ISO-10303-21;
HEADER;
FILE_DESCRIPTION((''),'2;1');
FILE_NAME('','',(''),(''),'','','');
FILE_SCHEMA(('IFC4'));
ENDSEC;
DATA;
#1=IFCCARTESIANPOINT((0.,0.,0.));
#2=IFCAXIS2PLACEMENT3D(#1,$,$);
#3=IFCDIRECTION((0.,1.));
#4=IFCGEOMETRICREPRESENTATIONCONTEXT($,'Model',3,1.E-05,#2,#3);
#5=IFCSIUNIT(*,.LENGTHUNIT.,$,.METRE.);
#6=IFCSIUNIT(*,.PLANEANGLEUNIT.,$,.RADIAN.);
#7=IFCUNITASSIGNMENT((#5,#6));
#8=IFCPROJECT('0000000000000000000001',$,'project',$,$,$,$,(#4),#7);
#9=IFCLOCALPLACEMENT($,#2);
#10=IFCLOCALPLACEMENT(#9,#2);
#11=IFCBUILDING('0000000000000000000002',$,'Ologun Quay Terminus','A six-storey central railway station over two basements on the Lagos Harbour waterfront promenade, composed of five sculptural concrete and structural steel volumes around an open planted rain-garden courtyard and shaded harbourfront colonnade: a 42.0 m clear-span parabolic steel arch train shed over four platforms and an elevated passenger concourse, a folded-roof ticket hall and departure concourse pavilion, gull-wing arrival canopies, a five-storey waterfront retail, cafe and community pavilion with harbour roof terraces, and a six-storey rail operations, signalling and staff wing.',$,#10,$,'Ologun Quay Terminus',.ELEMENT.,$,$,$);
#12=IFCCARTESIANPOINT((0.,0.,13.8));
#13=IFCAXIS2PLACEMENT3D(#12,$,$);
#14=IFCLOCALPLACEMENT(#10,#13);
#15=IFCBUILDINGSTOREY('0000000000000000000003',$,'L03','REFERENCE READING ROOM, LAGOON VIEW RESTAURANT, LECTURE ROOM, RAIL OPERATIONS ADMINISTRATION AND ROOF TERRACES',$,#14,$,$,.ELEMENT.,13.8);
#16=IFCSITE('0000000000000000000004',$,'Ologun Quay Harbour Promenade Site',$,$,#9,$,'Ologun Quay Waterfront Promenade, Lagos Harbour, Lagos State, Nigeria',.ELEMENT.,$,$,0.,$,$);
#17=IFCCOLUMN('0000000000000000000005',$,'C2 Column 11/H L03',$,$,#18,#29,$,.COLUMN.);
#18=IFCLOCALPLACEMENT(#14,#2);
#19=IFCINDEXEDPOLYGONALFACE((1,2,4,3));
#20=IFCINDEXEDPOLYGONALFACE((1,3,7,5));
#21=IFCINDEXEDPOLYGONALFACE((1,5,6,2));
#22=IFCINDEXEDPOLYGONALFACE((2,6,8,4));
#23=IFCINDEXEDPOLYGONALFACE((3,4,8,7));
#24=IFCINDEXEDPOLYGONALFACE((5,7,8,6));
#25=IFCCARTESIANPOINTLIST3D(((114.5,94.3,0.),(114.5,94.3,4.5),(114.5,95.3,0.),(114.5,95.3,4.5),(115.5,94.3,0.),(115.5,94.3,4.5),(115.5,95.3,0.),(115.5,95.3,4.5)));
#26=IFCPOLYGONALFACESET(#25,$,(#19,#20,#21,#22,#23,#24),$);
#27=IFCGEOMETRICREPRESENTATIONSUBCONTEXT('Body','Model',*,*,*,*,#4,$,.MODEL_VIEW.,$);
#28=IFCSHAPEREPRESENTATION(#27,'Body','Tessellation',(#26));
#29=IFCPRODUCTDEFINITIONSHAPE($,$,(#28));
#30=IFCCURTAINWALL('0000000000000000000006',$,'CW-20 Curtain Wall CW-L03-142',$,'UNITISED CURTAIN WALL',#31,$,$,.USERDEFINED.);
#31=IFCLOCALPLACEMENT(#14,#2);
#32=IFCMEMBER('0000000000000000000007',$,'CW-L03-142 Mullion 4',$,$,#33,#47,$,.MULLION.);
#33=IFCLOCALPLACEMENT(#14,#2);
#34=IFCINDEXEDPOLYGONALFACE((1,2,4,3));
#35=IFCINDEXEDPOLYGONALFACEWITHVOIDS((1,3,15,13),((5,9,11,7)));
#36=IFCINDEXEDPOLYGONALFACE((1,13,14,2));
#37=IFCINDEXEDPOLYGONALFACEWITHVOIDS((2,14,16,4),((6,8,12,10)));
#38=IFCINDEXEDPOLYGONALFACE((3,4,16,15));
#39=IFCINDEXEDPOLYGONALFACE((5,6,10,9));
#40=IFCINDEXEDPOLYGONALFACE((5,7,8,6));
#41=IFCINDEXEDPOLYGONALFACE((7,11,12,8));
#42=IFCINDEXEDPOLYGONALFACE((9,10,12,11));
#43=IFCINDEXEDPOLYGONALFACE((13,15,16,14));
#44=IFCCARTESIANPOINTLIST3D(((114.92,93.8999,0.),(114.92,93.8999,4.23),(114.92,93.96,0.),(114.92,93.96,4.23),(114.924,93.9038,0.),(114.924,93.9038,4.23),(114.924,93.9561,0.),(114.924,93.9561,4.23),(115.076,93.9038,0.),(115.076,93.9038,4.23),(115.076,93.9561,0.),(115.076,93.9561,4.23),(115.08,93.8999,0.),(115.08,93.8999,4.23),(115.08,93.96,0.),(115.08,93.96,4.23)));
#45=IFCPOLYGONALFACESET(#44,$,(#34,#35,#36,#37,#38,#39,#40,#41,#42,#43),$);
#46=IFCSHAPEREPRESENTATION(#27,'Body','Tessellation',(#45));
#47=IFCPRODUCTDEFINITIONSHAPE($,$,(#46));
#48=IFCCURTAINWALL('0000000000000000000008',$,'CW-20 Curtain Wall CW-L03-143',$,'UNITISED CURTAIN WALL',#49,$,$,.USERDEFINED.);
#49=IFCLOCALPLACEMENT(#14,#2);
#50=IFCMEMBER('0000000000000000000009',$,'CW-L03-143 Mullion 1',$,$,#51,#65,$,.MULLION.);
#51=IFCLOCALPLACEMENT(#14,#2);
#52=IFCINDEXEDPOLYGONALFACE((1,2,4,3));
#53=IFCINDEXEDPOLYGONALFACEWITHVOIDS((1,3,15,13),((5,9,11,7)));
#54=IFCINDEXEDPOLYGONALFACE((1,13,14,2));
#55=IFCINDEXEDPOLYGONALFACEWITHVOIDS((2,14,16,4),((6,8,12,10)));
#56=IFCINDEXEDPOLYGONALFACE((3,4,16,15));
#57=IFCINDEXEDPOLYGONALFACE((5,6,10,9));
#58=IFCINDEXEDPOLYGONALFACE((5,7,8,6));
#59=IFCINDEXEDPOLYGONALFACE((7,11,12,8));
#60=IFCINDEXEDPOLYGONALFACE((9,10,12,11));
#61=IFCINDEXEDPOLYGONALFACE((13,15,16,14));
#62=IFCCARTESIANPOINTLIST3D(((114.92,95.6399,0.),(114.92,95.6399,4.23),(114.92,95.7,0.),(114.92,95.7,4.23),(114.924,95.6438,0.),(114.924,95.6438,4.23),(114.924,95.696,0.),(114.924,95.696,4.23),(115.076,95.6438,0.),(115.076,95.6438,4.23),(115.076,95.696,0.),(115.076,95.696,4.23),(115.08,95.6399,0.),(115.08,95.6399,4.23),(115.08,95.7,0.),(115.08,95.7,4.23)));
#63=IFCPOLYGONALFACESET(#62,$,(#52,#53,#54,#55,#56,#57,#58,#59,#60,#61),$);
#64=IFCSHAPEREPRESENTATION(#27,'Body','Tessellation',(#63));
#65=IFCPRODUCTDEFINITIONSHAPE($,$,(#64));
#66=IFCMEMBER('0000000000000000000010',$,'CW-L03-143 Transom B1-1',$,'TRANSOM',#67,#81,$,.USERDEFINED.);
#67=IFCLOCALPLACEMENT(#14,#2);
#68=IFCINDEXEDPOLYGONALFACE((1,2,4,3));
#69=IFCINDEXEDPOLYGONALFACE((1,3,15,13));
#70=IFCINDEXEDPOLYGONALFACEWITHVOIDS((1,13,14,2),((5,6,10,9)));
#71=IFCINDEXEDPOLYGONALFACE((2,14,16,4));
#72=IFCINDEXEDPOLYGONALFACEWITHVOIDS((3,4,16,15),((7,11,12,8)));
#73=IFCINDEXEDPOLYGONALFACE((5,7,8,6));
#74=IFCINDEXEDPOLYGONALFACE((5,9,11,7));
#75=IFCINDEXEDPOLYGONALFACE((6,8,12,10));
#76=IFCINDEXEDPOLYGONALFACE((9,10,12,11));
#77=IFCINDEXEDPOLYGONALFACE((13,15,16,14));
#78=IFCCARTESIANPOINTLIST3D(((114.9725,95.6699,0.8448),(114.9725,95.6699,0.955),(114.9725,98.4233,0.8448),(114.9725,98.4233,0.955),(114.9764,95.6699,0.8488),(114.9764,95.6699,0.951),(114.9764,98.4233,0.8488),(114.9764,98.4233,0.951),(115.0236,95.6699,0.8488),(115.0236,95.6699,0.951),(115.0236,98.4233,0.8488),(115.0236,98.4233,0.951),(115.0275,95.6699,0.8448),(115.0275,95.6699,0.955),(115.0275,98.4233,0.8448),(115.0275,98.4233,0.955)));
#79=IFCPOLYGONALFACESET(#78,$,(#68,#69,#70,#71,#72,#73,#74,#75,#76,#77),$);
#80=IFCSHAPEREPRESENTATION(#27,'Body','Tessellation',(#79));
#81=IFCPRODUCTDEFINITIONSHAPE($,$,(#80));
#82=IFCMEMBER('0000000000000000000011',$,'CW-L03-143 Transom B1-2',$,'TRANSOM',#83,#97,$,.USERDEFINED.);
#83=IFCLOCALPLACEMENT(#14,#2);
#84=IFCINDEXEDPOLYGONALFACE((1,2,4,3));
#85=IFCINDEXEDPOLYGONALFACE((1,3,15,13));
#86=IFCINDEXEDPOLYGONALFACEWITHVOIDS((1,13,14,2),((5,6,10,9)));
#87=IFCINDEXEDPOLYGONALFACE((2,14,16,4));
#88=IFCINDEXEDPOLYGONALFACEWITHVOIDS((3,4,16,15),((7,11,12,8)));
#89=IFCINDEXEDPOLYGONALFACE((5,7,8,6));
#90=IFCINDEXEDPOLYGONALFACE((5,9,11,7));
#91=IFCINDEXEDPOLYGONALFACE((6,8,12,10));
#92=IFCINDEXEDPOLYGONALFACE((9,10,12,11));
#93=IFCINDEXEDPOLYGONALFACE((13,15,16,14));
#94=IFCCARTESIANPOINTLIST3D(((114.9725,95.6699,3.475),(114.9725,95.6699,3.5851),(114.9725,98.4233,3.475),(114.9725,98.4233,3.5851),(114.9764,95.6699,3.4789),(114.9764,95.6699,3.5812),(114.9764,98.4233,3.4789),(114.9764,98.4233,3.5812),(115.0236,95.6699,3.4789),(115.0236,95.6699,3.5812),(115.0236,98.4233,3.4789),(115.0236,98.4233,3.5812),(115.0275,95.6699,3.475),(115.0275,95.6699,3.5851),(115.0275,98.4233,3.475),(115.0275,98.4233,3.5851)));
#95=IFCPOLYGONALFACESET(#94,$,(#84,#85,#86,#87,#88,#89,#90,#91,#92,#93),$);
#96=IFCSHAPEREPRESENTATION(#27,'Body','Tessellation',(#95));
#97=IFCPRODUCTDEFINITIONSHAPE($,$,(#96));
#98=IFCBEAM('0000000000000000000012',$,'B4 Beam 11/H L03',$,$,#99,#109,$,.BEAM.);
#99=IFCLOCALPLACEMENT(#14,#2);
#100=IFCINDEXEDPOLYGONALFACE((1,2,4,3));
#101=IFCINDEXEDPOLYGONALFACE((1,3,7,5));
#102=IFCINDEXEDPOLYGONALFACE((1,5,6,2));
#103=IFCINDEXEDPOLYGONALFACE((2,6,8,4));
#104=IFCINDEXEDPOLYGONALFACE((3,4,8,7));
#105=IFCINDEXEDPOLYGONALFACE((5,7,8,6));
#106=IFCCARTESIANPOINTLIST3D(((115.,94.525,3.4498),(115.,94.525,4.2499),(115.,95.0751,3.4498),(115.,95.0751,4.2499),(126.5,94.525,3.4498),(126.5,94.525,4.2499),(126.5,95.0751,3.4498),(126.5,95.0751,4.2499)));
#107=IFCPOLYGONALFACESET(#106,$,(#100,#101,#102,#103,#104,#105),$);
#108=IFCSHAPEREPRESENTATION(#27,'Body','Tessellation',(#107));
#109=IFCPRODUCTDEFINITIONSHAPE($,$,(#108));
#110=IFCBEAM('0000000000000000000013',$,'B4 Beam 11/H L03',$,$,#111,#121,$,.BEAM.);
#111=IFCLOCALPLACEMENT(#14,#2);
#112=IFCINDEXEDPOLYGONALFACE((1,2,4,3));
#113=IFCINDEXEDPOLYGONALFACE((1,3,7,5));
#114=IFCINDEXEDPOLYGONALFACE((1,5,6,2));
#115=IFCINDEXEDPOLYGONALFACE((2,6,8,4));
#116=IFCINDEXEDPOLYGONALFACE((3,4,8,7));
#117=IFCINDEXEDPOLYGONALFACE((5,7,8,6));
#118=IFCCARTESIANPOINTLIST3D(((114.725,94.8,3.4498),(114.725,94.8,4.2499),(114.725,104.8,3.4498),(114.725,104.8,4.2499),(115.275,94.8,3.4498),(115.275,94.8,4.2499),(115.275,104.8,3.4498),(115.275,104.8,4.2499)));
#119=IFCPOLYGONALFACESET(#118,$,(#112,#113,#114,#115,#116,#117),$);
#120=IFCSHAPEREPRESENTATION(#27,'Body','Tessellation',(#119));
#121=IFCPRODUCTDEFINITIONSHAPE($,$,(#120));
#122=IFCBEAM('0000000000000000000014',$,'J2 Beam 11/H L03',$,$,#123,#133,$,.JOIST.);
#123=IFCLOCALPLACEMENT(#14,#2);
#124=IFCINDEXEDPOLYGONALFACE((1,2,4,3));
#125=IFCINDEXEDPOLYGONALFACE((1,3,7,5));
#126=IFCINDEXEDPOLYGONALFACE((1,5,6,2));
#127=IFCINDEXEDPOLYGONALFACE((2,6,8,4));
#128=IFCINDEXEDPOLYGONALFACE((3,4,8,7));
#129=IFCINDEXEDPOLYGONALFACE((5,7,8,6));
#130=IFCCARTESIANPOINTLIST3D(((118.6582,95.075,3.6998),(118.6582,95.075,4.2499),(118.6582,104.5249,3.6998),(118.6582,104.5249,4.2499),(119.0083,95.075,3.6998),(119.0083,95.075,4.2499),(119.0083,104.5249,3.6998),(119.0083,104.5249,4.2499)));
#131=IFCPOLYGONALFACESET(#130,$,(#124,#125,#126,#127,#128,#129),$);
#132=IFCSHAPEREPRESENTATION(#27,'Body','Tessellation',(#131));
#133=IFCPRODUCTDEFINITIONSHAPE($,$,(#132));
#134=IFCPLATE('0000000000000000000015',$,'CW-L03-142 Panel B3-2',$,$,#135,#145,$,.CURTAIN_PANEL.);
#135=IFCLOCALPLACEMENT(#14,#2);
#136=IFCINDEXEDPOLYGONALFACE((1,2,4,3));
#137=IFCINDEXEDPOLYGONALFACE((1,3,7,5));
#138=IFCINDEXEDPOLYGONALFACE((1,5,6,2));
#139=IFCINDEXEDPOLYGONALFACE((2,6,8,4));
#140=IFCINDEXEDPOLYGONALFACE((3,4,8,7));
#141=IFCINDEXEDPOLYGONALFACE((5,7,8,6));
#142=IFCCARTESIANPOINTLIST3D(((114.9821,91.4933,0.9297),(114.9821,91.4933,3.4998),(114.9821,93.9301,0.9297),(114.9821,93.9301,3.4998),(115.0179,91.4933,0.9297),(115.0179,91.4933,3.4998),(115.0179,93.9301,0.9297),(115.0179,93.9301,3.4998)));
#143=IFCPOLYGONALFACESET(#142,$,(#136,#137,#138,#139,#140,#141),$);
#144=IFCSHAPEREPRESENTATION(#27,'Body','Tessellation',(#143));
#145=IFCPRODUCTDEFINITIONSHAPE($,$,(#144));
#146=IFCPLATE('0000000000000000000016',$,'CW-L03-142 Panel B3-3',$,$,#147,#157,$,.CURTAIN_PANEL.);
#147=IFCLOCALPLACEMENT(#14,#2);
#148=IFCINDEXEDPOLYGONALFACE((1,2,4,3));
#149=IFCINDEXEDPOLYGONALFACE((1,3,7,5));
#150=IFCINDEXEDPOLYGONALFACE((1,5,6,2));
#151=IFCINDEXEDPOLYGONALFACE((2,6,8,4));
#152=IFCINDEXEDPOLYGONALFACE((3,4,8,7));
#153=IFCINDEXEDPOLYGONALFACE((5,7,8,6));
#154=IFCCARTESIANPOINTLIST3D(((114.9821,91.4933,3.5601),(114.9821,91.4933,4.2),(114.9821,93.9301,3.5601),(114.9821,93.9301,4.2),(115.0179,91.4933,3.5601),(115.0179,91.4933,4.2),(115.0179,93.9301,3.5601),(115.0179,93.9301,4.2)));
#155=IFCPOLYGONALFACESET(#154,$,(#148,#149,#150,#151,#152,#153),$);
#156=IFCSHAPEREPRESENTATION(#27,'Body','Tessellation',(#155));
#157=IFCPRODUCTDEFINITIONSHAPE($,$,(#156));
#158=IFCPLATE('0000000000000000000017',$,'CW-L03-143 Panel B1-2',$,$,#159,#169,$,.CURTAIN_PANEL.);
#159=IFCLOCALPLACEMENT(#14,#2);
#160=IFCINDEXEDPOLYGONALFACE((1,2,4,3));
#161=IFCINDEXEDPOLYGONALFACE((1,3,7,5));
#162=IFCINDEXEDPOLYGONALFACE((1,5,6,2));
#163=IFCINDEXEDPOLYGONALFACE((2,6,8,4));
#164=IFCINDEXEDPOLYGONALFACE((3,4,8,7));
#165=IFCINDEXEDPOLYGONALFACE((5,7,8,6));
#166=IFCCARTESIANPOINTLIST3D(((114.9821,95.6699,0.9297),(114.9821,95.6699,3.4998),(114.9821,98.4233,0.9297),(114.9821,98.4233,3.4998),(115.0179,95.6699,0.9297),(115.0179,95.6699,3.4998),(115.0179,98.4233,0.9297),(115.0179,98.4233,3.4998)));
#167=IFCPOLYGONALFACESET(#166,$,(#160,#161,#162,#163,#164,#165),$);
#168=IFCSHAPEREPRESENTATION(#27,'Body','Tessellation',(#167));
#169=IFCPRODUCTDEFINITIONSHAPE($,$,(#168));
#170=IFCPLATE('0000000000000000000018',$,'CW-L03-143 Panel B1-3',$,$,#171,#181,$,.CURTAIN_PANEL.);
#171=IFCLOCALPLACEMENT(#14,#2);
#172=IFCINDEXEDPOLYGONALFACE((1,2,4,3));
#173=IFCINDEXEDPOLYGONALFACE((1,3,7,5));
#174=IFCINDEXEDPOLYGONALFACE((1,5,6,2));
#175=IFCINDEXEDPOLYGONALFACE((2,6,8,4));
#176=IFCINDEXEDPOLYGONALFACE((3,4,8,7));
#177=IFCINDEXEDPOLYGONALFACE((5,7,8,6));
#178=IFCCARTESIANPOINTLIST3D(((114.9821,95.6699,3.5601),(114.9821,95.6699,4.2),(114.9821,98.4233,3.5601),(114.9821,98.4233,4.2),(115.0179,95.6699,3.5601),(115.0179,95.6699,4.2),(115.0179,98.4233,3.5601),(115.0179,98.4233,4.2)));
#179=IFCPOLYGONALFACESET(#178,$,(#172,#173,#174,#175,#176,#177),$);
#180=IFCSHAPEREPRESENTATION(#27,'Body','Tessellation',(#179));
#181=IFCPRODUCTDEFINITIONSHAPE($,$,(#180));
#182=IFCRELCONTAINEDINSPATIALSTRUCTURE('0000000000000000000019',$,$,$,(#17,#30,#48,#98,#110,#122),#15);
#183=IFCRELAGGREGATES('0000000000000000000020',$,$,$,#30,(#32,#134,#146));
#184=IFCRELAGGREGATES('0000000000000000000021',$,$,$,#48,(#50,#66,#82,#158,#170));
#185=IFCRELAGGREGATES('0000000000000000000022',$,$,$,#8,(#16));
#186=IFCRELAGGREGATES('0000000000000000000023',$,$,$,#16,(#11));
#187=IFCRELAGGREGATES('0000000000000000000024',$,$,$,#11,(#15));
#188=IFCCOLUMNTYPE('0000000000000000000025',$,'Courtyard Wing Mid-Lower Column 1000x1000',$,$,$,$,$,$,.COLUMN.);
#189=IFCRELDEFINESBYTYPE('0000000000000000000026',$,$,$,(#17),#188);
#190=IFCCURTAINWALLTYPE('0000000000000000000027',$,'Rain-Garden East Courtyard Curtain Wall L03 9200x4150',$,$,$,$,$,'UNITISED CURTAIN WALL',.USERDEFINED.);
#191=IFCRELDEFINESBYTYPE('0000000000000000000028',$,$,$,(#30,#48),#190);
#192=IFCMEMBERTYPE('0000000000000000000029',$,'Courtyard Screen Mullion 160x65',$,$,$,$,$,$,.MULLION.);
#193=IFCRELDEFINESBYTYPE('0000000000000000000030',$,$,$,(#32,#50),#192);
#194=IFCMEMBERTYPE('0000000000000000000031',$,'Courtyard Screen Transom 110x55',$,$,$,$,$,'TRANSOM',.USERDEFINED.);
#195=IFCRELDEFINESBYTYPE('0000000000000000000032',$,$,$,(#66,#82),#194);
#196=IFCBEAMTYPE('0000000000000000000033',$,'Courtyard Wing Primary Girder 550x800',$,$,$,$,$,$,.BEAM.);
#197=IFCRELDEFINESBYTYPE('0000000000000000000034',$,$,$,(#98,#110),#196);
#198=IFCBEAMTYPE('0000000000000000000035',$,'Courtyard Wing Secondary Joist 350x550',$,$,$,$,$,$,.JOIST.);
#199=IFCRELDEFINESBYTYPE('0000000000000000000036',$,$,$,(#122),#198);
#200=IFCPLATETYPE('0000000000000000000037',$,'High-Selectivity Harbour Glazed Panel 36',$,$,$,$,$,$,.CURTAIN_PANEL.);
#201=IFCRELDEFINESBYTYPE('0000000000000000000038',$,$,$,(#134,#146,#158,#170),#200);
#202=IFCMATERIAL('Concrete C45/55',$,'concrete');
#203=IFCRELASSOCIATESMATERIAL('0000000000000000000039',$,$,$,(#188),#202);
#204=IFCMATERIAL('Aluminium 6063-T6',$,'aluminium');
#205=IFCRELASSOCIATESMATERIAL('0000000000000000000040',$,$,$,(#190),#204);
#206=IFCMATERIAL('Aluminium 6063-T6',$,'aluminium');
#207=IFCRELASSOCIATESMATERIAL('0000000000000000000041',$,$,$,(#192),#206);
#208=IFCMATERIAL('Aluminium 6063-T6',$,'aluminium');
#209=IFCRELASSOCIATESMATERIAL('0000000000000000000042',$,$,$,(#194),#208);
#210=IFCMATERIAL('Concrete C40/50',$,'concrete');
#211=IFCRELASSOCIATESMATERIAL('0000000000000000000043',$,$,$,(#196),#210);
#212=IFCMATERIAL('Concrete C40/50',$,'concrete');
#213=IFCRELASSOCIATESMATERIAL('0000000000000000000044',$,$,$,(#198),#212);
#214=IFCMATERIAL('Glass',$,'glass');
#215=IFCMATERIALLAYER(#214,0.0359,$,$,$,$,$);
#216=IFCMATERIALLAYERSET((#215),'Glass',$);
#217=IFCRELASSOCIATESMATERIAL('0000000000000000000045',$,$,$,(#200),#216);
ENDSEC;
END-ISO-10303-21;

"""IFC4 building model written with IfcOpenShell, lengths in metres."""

from ifc_helpers import new_model, si_unit, direction, frame, origin, origin_2d, place, context, subcontext, project, spatial, rectangle, hollow_rectangle, extrude, material, layer, layer_set, material_profile, profile_set, type_object, element, aggregate, save


model = new_model("IFC4")

# Units and contexts
model_context = context("Model", 3, precision=1e-05, world=origin(), true_north=direction((0.0, 1.0)))
body_context = subcontext(model_context, "Body", "Model", "MODEL_VIEW")
ifc_project = project(units=[si_unit("LENGTHUNIT", "METRE"), si_unit("PLANEANGLEUNIT", "RADIAN")], contexts=[model_context])

# Site, building, storey
site_placement = place(None, origin())
site = spatial("IfcSite", under=ifc_project, at=site_placement, Name="Ologun Quay Harbour Promenade Site", LongName="Ologun Quay Waterfront Promenade, Lagos Harbour, Lagos State, Nigeria", CompositionType="ELEMENT", RefElevation=0.0)
building_placement = place(site_placement, origin())
building = spatial("IfcBuilding", under=site, at=building_placement, Name="Ologun Quay Terminus", Description="A six-storey central railway station over two basements on the Lagos Harbour waterfront promenade, composed of five sculptural concrete and structural steel volumes around an open planted rain-garden courtyard and shaded harbourfront colonnade: a 42.0 m clear-span parabolic steel arch train shed over four platforms and an elevated passenger concourse, a folded-roof ticket hall and departure concourse pavilion, gull-wing arrival canopies, a five-storey waterfront retail, cafe and community pavilion with harbour roof terraces, and a six-storey rail operations, signalling and staff wing.", LongName="Ologun Quay Terminus", CompositionType="ELEMENT")
storey_placement = place(building_placement, frame((0.0, 0.0, 13.8)))
storey = spatial("IfcBuildingStorey", under=building, at=storey_placement, Name="L03", Description="REFERENCE READING ROOM, LAGOON VIEW RESTAURANT, LECTURE ROOM, RAIL OPERATIONS ADMINISTRATION AND ROOF TERRACES", CompositionType="ELEMENT", Elevation=13.8)

# Column
ifc_material_1 = material(Name="Concrete C45/55", Category="concrete")
ifc_material_profile_1 = material_profile(ifc_material_1, rectangle(XDim=1.0, YDim=1.0, at=origin_2d()), Name="RC 1000x1000")
ifc_profile_set_1 = profile_set([ifc_material_profile_1], Name="Concrete C45/55")
column_type = type_object("IfcColumnType", Name="Courtyard Wing Mid-Lower Column 1000x1000", PredefinedType="COLUMN", material=ifc_profile_set_1)
column_placement = place(storey_placement, frame((115.0, 94.8, 0.0), z_axis=(0.0, 0.0, 1.0), x_axis=(1.0, 0.0, 0.0)))
element("IfcColumn", 1, at=column_placement, inside=storey, type_object=column_type, Name="C2 Column 11/H L03", PredefinedType="COLUMN", context=body_context, shape_type="SweptSolid", body=[
    extrude(rectangle(XDim=1.0, YDim=1.0, at=origin_2d()), origin(), (0.0, 0.0, 1.0), 4.5),
])

# Curtain wall, member
ifc_material_2 = material(Name="Aluminium 6063-T6", Category="aluminium")
curtain_wall_type = type_object("IfcCurtainWallType", Name="Rain-Garden East Courtyard Curtain Wall L03 9200x4150", ElementType="UNITISED CURTAIN WALL", PredefinedType="USERDEFINED", material=ifc_material_2)
curtain_wall_1_placement = place(storey_placement, origin())
curtain_wall_1 = element("IfcCurtainWall", 2, at=curtain_wall_1_placement, inside=storey, type_object=curtain_wall_type, Name="CW-20 Curtain Wall CW-L03-142", ObjectType="UNITISED CURTAIN WALL", PredefinedType="USERDEFINED")
ifc_material_3 = material(Name="Aluminium 6063-T6", Category="aluminium")
ifc_material_profile_2 = material_profile(ifc_material_3, hollow_rectangle(XDim=0.0601, YDim=0.1599, WallThickness=0.0039, at=origin_2d()), Name="ALU 160x60x4")
ifc_profile_set_2 = profile_set([ifc_material_profile_2], Name="Aluminium 6063-T6")
member_type_1 = type_object("IfcMemberType", Name="Courtyard Screen Mullion 160x65", PredefinedType="MULLION", material=ifc_profile_set_2)
member_1_placement = place(storey_placement, frame((115.0, 93.9299, 0.0), z_axis=(0.0, 0.0, 1.0), x_axis=(0.0, 1.0, 0.0)))
member_1 = element("IfcMember", 3, at=member_1_placement, type_object=member_type_1, Name="CW-L03-142 Mullion 4", PredefinedType="MULLION", context=body_context, shape_type="SweptSolid", body=[
    extrude(hollow_rectangle(XDim=0.0601, YDim=0.1599, WallThickness=0.0039, at=origin_2d()), origin(), (0.0, 0.0, 1.0), 4.23),
])

# Curtain wall, members
curtain_wall_2_placement = place(storey_placement, origin())
curtain_wall_2 = element("IfcCurtainWall", 4, at=curtain_wall_2_placement, inside=storey, type_object=curtain_wall_type, Name="CW-20 Curtain Wall CW-L03-143", ObjectType="UNITISED CURTAIN WALL", PredefinedType="USERDEFINED")
member_2_placement = place(storey_placement, frame((115.0, 95.6699, 0.0), z_axis=(0.0, 0.0, 1.0), x_axis=(0.0, 1.0, 0.0)))
member_2 = element("IfcMember", 5, at=member_2_placement, type_object=member_type_1, Name="CW-L03-143 Mullion 1", PredefinedType="MULLION", context=body_context, shape_type="SweptSolid", body=[
    extrude(hollow_rectangle(XDim=0.0601, YDim=0.1599, WallThickness=0.0039, at=origin_2d()), origin(), (0.0, 0.0, 1.0), 4.23),
])
ifc_material_4 = material(Name="Aluminium 6063-T6", Category="aluminium")
ifc_material_profile_3 = material_profile(ifc_material_4, hollow_rectangle(XDim=0.0549, YDim=0.1101, WallThickness=0.0039, at=origin_2d()), Name="ALU 110x55x4")
ifc_profile_set_3 = profile_set([ifc_material_profile_3], Name="Aluminium 6063-T6")
member_type_2 = type_object("IfcMemberType", Name="Courtyard Screen Transom 110x55", ElementType="TRANSOM", PredefinedType="USERDEFINED", material=ifc_profile_set_3)
member_3_placement = place(storey_placement, frame((115.0, 95.6699, 0.8999), z_axis=(0.0, 1.0, 0.0), x_axis=(-1.0, 0.0, 0.0)))
member_3 = element("IfcMember", 6, at=member_3_placement, type_object=member_type_2, Name="CW-L03-143 Transom B1-1", ObjectType="TRANSOM", PredefinedType="USERDEFINED", context=body_context, shape_type="SweptSolid", body=[
    extrude(hollow_rectangle(XDim=0.0549, YDim=0.1101, WallThickness=0.0039, at=origin_2d()), origin(), (0.0, 0.0, 1.0), 2.7534),
])
member_4_placement = place(storey_placement, frame((115.0, 95.6699, 3.53), z_axis=(0.0, 1.0, 0.0), x_axis=(-1.0, 0.0, 0.0)))
member_4 = element("IfcMember", 7, at=member_4_placement, type_object=member_type_2, Name="CW-L03-143 Transom B1-2", ObjectType="TRANSOM", PredefinedType="USERDEFINED", context=body_context, shape_type="SweptSolid", body=[
    extrude(hollow_rectangle(XDim=0.0549, YDim=0.1101, WallThickness=0.0039, at=origin_2d()), origin(), (0.0, 0.0, 1.0), 2.7534),
])

# Beams
ifc_material_5 = material(Name="Concrete C40/50", Category="concrete")
ifc_material_profile_4 = material_profile(ifc_material_5, rectangle(XDim=0.55, YDim=0.8, at=origin_2d()), Name="RC 550x800")
ifc_profile_set_4 = profile_set([ifc_material_profile_4], Name="Concrete C40/50")
beam_type_1 = type_object("IfcBeamType", Name="Courtyard Wing Primary Girder 550x800", PredefinedType="BEAM", material=ifc_profile_set_4)
beam_1_placement = place(storey_placement, frame((115.0, 94.8, 3.8499), z_axis=(1.0, 0.0, 0.0), x_axis=(0.0, 1.0, 0.0)))
element("IfcBeam", 8, at=beam_1_placement, inside=storey, type_object=beam_type_1, Name="B4 Beam 11/H L03", PredefinedType="BEAM", context=body_context, shape_type="SweptSolid", body=[
    extrude(rectangle(XDim=0.55, YDim=0.8, at=origin_2d()), origin(), (0.0, 0.0, 1.0), 11.5),
])
beam_2_placement = place(storey_placement, frame((115.0, 94.8, 3.8499), z_axis=(0.0, 1.0, 0.0), x_axis=(-1.0, 0.0, 0.0)))
element("IfcBeam", 9, at=beam_2_placement, inside=storey, type_object=beam_type_1, Name="B4 Beam 11/H L03", PredefinedType="BEAM", context=body_context, shape_type="SweptSolid", body=[
    extrude(rectangle(XDim=0.55, YDim=0.8, at=origin_2d()), origin(), (0.0, 0.0, 1.0), 10.0),
])
ifc_material_6 = material(Name="Concrete C40/50", Category="concrete")
ifc_material_profile_5 = material_profile(ifc_material_6, rectangle(XDim=0.3501, YDim=0.55, at=origin_2d()), Name="RC 350x550")
ifc_profile_set_5 = profile_set([ifc_material_profile_5], Name="Concrete C40/50")
beam_type_2 = type_object("IfcBeamType", Name="Courtyard Wing Secondary Joist 350x550", PredefinedType="JOIST", material=ifc_profile_set_5)
beam_3_placement = place(storey_placement, frame((118.8333, 95.075, 3.9749), z_axis=(0.0, 1.0, 0.0), x_axis=(-1.0, 0.0, 0.0)))
element("IfcBeam", 10, at=beam_3_placement, inside=storey, type_object=beam_type_2, Name="J2 Beam 11/H L03", PredefinedType="JOIST", context=body_context, shape_type="SweptSolid", body=[
    extrude(rectangle(XDim=0.3501, YDim=0.55, at=origin_2d()), origin(), (0.0, 0.0, 1.0), 9.45),
])

# Plates
ifc_material_7 = material(Name="Glass", Category="glass")
ifc_layer_1 = layer(ifc_material_7, 0.0359)
ifc_layer_set_1 = layer_set([ifc_layer_1], Name="Glass")
plate_type_1 = type_object("IfcPlateType", Name="High-Selectivity Harbour Glazed Panel 36", PredefinedType="CURTAIN_PANEL", material=ifc_layer_set_1)
plate_1_placement = place(storey_placement, frame((115.0, 92.7117, 0.9297), z_axis=(0.0, 0.0, 1.0), x_axis=(0.0, 1.0, 0.0)))
plate_1 = element("IfcPlate", 11, at=plate_1_placement, type_object=plate_type_1, Name="CW-L03-142 Panel B3-2", PredefinedType="CURTAIN_PANEL", context=body_context, shape_type="SweptSolid", body=[
    extrude(rectangle(XDim=2.4368, YDim=0.0359, at=origin_2d()), origin(), (0.0, 0.0, 1.0), 2.5701),
])
plate_2_placement = place(storey_placement, frame((115.0, 92.7117, 3.5601), z_axis=(0.0, 0.0, 1.0), x_axis=(0.0, 1.0, 0.0)))
plate_2 = element("IfcPlate", 12, at=plate_2_placement, type_object=plate_type_1, Name="CW-L03-142 Panel B3-3", PredefinedType="CURTAIN_PANEL", context=body_context, shape_type="SweptSolid", body=[
    extrude(rectangle(XDim=2.4368, YDim=0.0359, at=origin_2d()), origin(), (0.0, 0.0, 1.0), 0.6399),
])
plate_3_placement = place(storey_placement, frame((115.0, 97.0466, 0.9297), z_axis=(0.0, 0.0, 1.0), x_axis=(0.0, 1.0, 0.0)))
plate_3 = element("IfcPlate", 13, at=plate_3_placement, type_object=plate_type_1, Name="CW-L03-143 Panel B1-2", PredefinedType="CURTAIN_PANEL", context=body_context, shape_type="SweptSolid", body=[
    extrude(rectangle(XDim=2.7534, YDim=0.0359, at=origin_2d()), origin(), (0.0, 0.0, 1.0), 2.5701),
])
plate_4_placement = place(storey_placement, frame((115.0, 97.0466, 3.5601), z_axis=(0.0, 0.0, 1.0), x_axis=(0.0, 1.0, 0.0)))
plate_4 = element("IfcPlate", 14, at=plate_4_placement, type_object=plate_type_1, Name="CW-L03-143 Panel B1-3", PredefinedType="CURTAIN_PANEL", context=body_context, shape_type="SweptSolid", body=[
    extrude(rectangle(XDim=2.7534, YDim=0.0359, at=origin_2d()), origin(), (0.0, 0.0, 1.0), 0.6399),
])
aggregate(curtain_wall_1, [member_1, plate_1, plate_2])
aggregate(curtain_wall_2, [member_2, member_3, member_4, plate_3, plate_4])

save(model, "model.ifc")
